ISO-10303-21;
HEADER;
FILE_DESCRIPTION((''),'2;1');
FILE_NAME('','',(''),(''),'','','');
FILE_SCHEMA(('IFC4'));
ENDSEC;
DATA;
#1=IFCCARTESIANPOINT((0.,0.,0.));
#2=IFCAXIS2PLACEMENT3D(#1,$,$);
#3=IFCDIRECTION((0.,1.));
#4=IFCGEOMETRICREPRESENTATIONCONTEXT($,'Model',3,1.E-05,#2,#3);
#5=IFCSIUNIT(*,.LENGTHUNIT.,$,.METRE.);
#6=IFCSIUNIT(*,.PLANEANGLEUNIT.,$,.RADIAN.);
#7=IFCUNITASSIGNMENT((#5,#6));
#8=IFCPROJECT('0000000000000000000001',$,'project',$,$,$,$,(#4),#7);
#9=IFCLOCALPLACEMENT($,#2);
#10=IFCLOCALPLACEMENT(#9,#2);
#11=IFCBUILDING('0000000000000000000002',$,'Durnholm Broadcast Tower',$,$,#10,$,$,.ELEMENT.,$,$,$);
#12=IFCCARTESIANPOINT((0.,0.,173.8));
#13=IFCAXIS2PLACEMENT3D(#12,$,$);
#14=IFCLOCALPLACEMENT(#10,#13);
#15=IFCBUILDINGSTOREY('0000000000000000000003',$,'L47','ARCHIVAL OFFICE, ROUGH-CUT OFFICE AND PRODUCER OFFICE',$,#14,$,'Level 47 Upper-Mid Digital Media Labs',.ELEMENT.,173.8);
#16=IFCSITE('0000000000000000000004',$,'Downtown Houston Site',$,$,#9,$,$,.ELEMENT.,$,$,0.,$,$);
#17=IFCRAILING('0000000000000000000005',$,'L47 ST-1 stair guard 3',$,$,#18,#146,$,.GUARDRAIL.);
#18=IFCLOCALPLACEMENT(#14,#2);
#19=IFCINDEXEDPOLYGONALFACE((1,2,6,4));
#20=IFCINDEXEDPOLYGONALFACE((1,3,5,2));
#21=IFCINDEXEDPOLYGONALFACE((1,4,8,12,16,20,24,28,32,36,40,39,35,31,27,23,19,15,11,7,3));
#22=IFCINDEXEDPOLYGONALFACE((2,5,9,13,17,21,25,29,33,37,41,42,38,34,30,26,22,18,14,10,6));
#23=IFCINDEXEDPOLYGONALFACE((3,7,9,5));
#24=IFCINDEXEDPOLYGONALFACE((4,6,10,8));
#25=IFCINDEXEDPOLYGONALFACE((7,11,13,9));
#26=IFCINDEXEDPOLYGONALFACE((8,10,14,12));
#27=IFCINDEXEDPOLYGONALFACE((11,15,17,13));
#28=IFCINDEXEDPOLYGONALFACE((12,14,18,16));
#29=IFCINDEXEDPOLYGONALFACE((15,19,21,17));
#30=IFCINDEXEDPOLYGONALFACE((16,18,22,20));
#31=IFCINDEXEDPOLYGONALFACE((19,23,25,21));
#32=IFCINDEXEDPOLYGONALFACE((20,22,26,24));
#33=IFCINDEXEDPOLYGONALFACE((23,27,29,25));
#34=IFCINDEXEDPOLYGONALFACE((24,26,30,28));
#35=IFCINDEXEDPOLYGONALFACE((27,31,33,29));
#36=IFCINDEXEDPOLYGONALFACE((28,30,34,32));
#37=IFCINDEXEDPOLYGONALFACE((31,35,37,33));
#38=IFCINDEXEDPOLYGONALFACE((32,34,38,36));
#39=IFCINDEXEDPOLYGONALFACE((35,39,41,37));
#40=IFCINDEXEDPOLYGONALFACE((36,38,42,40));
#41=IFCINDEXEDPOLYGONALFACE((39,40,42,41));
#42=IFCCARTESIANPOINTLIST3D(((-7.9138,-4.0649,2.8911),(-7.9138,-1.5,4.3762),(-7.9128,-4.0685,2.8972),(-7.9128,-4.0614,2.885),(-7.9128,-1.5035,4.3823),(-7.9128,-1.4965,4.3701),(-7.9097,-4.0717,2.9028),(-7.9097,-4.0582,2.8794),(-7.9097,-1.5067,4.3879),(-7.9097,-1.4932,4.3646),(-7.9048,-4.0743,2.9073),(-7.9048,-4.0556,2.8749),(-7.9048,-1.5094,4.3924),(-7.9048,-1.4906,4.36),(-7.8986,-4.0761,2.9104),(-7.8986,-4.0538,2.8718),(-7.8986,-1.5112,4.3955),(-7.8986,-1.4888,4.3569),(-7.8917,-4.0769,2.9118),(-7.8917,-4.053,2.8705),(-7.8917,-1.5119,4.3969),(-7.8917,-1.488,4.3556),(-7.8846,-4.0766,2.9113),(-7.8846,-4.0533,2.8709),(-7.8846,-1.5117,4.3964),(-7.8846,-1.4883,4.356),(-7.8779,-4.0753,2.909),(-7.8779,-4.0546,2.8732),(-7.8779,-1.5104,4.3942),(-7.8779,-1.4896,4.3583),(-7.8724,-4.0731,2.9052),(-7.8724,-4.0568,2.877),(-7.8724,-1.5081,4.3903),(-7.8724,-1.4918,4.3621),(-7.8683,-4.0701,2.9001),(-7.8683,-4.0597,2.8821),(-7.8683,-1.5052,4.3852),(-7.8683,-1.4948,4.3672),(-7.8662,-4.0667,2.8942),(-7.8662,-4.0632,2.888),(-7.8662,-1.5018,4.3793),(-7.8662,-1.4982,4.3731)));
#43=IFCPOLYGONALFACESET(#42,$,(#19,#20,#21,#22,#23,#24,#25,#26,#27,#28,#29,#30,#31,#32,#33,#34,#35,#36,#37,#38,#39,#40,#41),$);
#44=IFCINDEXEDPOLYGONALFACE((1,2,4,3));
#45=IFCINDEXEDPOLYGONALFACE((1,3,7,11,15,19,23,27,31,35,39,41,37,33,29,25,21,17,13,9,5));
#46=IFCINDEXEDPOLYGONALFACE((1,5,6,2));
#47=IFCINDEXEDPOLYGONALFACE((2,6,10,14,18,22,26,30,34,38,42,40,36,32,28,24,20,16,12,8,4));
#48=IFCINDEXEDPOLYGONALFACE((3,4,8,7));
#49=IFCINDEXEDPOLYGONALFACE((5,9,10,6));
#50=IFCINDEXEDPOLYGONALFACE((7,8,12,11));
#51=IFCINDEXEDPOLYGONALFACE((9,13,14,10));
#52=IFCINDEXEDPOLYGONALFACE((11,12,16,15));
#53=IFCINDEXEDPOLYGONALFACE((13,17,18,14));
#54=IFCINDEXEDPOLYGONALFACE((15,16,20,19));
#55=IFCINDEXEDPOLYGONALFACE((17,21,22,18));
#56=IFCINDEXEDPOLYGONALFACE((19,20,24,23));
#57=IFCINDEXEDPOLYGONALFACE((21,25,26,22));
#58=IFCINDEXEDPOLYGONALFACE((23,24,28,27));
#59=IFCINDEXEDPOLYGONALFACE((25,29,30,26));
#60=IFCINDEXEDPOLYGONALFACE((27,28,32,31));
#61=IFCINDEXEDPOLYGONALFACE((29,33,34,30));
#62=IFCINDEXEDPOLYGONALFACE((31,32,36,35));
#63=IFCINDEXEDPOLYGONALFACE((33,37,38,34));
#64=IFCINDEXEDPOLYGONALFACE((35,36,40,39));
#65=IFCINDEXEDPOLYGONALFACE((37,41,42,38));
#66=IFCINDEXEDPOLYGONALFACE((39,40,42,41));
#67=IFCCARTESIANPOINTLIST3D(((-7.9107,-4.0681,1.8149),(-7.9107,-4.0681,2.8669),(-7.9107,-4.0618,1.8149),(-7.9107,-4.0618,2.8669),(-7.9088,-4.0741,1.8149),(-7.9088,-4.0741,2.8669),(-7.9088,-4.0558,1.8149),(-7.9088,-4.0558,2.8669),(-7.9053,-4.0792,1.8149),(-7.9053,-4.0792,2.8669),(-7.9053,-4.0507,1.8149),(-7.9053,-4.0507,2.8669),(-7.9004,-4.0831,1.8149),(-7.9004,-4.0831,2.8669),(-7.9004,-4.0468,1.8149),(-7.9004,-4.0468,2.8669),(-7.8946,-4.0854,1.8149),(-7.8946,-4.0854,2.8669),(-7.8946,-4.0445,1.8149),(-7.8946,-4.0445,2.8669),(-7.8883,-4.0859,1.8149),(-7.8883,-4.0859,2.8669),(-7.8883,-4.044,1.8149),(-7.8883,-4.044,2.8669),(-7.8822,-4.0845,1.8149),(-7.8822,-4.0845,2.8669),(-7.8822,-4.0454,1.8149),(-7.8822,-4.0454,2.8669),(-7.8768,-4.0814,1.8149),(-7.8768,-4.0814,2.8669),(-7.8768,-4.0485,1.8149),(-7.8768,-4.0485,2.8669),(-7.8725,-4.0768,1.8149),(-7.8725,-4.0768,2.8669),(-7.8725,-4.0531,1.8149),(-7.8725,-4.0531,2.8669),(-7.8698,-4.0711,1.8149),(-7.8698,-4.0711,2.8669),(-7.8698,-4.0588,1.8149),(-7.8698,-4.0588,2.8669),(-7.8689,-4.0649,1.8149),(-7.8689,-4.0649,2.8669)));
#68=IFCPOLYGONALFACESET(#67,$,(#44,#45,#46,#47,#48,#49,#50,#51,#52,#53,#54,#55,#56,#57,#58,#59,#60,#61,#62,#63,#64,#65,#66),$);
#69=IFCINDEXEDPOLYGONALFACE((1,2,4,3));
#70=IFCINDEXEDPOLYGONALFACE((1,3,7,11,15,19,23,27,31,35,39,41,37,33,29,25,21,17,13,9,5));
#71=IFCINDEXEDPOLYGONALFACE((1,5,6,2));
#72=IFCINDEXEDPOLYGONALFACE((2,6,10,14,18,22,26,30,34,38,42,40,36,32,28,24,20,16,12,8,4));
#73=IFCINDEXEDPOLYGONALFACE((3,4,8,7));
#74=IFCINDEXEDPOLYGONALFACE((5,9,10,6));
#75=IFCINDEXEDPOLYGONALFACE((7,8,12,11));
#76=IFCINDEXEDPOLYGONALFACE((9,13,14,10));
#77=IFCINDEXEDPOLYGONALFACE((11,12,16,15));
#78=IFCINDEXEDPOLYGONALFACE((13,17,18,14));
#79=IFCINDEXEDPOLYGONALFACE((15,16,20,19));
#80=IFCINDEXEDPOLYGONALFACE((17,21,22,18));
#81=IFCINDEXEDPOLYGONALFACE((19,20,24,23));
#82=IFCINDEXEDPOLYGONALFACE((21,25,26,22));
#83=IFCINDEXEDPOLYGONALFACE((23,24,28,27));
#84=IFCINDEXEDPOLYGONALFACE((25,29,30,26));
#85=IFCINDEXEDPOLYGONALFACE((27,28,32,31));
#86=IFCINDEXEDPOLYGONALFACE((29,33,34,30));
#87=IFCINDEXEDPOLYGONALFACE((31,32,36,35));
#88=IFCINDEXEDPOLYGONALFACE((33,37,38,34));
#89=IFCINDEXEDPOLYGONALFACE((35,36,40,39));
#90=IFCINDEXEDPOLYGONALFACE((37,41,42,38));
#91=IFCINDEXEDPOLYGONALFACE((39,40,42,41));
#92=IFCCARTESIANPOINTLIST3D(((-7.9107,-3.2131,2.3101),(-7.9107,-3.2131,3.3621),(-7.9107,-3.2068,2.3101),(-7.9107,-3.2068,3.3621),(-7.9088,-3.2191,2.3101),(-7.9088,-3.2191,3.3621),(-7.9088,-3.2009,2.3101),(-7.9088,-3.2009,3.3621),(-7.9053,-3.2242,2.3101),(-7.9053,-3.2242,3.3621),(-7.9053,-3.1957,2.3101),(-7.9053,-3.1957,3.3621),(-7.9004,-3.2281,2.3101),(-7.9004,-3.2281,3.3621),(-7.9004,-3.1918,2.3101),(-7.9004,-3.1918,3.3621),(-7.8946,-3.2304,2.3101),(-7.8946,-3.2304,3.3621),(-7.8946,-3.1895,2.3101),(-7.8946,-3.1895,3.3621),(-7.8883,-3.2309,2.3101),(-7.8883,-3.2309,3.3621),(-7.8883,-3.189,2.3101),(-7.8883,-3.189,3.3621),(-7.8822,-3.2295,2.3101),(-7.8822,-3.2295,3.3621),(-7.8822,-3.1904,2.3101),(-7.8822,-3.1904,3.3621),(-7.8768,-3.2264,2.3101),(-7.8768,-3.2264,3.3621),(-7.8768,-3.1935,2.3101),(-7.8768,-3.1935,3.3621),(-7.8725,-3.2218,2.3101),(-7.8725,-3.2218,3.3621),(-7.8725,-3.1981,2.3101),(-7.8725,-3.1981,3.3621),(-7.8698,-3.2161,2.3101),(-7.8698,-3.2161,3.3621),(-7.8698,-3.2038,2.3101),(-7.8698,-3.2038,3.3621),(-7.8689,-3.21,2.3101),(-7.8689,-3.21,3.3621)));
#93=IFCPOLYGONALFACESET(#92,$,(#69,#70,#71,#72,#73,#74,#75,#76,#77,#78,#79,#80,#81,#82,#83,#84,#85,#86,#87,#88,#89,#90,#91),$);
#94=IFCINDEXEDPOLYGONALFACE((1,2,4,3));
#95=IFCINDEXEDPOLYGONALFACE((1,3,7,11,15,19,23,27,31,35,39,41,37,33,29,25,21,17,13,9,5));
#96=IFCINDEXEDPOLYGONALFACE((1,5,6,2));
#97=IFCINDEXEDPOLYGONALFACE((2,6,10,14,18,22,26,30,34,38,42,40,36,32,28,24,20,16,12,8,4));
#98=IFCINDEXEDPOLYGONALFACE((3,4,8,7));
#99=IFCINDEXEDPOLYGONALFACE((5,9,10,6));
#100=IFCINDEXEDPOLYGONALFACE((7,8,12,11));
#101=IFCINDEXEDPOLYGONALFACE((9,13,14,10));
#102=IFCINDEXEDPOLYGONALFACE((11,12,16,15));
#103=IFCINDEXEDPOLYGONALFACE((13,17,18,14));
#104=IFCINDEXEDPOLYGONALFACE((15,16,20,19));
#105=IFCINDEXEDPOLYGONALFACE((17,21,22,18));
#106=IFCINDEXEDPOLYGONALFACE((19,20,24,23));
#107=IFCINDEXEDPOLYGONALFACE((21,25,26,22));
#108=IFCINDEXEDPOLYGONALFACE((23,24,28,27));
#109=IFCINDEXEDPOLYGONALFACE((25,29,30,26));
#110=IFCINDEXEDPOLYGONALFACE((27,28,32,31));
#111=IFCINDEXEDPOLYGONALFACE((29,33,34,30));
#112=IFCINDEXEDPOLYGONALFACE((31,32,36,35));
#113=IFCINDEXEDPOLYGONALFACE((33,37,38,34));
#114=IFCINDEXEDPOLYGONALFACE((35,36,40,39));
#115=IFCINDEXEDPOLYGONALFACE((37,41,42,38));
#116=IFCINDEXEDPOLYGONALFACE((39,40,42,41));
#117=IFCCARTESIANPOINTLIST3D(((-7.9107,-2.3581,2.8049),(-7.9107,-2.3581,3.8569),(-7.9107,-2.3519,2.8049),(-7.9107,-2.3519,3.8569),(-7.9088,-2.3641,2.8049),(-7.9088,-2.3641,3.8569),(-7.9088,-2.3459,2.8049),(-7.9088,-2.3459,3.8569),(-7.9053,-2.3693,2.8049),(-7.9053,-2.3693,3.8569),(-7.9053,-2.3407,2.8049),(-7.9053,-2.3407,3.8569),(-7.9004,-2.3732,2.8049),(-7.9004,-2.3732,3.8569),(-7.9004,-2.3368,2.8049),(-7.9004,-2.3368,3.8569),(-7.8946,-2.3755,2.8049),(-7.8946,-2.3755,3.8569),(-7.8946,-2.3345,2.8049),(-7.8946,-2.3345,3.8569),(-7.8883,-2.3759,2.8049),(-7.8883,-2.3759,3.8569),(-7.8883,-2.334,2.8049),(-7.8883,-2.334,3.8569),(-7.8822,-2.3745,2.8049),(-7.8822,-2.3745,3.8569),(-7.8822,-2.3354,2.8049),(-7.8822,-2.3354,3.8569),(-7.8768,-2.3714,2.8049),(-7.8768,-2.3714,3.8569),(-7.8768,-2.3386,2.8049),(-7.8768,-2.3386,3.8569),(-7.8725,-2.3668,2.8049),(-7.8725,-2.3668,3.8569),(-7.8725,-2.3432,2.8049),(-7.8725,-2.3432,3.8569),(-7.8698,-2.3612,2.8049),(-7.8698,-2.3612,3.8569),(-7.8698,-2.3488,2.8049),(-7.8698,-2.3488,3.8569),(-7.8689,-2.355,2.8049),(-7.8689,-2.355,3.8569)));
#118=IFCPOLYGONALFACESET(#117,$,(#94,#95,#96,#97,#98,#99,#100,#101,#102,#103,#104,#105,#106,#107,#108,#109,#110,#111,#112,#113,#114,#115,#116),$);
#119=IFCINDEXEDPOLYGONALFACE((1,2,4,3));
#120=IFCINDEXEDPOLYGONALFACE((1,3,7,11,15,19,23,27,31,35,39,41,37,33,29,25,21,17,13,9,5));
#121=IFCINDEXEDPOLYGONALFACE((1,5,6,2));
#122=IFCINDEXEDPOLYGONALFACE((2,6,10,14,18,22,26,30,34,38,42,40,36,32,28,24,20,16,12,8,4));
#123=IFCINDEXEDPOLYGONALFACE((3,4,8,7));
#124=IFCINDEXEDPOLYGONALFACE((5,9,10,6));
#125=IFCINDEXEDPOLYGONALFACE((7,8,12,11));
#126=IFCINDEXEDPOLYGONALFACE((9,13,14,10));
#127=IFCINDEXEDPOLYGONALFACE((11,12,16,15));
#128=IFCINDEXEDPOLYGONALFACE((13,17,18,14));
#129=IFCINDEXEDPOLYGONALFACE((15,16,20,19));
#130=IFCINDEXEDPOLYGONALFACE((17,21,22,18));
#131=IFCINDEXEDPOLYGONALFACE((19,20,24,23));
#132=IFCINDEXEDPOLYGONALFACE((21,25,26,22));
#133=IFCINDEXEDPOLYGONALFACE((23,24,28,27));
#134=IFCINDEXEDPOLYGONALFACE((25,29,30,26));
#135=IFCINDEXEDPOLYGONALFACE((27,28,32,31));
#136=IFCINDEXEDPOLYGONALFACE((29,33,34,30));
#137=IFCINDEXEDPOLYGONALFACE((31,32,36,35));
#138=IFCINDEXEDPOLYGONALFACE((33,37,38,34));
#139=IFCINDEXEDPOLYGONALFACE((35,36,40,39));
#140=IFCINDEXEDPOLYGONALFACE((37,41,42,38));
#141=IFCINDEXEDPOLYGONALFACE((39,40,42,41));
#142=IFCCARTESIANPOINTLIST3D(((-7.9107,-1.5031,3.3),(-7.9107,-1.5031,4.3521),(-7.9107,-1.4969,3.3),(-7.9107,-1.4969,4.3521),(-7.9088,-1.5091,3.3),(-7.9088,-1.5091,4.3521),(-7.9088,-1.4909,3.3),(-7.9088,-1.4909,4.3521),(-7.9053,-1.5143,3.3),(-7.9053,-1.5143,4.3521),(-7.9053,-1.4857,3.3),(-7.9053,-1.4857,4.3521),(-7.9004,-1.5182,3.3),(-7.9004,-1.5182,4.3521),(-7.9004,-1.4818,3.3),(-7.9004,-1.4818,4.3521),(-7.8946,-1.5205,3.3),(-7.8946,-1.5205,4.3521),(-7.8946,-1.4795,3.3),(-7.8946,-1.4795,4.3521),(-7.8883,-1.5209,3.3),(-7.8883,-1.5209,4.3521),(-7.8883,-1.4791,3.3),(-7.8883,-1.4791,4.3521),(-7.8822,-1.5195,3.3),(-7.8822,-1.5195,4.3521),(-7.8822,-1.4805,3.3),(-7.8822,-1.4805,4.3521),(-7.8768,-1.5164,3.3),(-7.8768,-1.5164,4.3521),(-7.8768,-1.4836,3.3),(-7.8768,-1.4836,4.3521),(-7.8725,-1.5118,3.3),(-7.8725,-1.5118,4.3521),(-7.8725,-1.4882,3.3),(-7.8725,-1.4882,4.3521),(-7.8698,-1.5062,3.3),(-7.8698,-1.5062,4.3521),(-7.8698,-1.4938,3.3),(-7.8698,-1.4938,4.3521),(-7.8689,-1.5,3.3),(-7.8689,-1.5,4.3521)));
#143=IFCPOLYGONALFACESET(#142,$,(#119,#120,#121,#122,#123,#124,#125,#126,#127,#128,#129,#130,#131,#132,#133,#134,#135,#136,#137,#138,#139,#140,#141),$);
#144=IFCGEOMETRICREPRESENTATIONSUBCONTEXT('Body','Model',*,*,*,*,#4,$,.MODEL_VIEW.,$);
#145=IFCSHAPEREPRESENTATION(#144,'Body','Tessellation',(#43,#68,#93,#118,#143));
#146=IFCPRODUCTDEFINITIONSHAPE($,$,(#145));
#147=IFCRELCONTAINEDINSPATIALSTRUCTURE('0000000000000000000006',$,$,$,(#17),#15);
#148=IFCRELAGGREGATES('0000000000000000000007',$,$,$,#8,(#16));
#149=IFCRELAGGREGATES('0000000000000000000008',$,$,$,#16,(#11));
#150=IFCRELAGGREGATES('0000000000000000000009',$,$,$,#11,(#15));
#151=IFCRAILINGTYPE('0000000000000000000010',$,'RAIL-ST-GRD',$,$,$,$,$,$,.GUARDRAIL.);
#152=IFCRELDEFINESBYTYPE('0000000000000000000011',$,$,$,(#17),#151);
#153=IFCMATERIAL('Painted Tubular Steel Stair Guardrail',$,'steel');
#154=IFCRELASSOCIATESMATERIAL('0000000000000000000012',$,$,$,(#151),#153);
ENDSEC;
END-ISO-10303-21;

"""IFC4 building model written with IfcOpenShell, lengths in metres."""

from ifc_helpers import new_model, si_unit, direction, frame, origin, origin_2d, place, context, subcontext, project, spatial, circle, extrude, material, type_object, element, save


model = new_model("IFC4")

# Units and contexts
model_context = context("Model", 3, precision=1e-05, world=origin(), true_north=direction((0.0, 1.0)))
body_context = subcontext(model_context, "Body", "Model", "MODEL_VIEW")
ifc_project = project(units=[si_unit("LENGTHUNIT", "METRE"), si_unit("PLANEANGLEUNIT", "RADIAN")], contexts=[model_context])

# Site, building, storey
site_placement = place(None, origin())
site = spatial("IfcSite", under=ifc_project, at=site_placement, Name="Downtown Houston Site", CompositionType="ELEMENT", RefElevation=0.0)
building_placement = place(site_placement, origin())
building = spatial("IfcBuilding", under=site, at=building_placement, Name="Durnholm Broadcast Tower", CompositionType="ELEMENT")
storey_placement = place(building_placement, frame((0.0, 0.0, 173.8)))
storey = spatial("IfcBuildingStorey", under=building, at=storey_placement, Name="L47", Description="ARCHIVAL OFFICE, ROUGH-CUT OFFICE AND PRODUCER OFFICE", LongName="Level 47 Upper-Mid Digital Media Labs", CompositionType="ELEMENT", Elevation=173.8)

# Railing
ifc_material_1 = material(Name="Painted Tubular Steel Stair Guardrail", Category="steel")
railing_type_1 = type_object("IfcRailingType", Name="RAIL-ST-GRD", PredefinedType="GUARDRAIL", material=ifc_material_1)
railing_1_placement = place(storey_placement, frame((-7.8899, -4.0649, 1.8149)))
element("IfcRailing", 1, at=railing_1_placement, inside=storey, type_object=railing_type_1, Name="L47 ST-1 stair guard 3", PredefinedType="GUARDRAIL", context=body_context, shape_type="SweptSolid", body=[
    extrude(circle(Radius=0.0239, at=origin_2d()), frame((0.0, 0.0, 1.0762), z_axis=(0.0, 0.865406, 0.501072), x_axis=(-1.0, 0.0, 0.0)), (0.0, 0.0, 1.0), 2.9639),
    extrude(circle(Radius=0.021, at=origin_2d()), origin(), (0.0, 0.0, 1.0), 1.052),
    extrude(circle(Radius=0.021, at=origin_2d()), frame((0.0, 0.855, 0.4951)), (0.0, 0.0, 1.0), 1.052),
    extrude(circle(Radius=0.021, at=origin_2d()), frame((0.0, 1.71, 0.99)), (0.0, 0.0, 1.0), 1.052),
    extrude(circle(Radius=0.021, at=origin_2d()), frame((0.0, 2.5649, 1.4851)), (0.0, 0.0, 1.0), 1.052),
])

save(model, "model.ifc")
